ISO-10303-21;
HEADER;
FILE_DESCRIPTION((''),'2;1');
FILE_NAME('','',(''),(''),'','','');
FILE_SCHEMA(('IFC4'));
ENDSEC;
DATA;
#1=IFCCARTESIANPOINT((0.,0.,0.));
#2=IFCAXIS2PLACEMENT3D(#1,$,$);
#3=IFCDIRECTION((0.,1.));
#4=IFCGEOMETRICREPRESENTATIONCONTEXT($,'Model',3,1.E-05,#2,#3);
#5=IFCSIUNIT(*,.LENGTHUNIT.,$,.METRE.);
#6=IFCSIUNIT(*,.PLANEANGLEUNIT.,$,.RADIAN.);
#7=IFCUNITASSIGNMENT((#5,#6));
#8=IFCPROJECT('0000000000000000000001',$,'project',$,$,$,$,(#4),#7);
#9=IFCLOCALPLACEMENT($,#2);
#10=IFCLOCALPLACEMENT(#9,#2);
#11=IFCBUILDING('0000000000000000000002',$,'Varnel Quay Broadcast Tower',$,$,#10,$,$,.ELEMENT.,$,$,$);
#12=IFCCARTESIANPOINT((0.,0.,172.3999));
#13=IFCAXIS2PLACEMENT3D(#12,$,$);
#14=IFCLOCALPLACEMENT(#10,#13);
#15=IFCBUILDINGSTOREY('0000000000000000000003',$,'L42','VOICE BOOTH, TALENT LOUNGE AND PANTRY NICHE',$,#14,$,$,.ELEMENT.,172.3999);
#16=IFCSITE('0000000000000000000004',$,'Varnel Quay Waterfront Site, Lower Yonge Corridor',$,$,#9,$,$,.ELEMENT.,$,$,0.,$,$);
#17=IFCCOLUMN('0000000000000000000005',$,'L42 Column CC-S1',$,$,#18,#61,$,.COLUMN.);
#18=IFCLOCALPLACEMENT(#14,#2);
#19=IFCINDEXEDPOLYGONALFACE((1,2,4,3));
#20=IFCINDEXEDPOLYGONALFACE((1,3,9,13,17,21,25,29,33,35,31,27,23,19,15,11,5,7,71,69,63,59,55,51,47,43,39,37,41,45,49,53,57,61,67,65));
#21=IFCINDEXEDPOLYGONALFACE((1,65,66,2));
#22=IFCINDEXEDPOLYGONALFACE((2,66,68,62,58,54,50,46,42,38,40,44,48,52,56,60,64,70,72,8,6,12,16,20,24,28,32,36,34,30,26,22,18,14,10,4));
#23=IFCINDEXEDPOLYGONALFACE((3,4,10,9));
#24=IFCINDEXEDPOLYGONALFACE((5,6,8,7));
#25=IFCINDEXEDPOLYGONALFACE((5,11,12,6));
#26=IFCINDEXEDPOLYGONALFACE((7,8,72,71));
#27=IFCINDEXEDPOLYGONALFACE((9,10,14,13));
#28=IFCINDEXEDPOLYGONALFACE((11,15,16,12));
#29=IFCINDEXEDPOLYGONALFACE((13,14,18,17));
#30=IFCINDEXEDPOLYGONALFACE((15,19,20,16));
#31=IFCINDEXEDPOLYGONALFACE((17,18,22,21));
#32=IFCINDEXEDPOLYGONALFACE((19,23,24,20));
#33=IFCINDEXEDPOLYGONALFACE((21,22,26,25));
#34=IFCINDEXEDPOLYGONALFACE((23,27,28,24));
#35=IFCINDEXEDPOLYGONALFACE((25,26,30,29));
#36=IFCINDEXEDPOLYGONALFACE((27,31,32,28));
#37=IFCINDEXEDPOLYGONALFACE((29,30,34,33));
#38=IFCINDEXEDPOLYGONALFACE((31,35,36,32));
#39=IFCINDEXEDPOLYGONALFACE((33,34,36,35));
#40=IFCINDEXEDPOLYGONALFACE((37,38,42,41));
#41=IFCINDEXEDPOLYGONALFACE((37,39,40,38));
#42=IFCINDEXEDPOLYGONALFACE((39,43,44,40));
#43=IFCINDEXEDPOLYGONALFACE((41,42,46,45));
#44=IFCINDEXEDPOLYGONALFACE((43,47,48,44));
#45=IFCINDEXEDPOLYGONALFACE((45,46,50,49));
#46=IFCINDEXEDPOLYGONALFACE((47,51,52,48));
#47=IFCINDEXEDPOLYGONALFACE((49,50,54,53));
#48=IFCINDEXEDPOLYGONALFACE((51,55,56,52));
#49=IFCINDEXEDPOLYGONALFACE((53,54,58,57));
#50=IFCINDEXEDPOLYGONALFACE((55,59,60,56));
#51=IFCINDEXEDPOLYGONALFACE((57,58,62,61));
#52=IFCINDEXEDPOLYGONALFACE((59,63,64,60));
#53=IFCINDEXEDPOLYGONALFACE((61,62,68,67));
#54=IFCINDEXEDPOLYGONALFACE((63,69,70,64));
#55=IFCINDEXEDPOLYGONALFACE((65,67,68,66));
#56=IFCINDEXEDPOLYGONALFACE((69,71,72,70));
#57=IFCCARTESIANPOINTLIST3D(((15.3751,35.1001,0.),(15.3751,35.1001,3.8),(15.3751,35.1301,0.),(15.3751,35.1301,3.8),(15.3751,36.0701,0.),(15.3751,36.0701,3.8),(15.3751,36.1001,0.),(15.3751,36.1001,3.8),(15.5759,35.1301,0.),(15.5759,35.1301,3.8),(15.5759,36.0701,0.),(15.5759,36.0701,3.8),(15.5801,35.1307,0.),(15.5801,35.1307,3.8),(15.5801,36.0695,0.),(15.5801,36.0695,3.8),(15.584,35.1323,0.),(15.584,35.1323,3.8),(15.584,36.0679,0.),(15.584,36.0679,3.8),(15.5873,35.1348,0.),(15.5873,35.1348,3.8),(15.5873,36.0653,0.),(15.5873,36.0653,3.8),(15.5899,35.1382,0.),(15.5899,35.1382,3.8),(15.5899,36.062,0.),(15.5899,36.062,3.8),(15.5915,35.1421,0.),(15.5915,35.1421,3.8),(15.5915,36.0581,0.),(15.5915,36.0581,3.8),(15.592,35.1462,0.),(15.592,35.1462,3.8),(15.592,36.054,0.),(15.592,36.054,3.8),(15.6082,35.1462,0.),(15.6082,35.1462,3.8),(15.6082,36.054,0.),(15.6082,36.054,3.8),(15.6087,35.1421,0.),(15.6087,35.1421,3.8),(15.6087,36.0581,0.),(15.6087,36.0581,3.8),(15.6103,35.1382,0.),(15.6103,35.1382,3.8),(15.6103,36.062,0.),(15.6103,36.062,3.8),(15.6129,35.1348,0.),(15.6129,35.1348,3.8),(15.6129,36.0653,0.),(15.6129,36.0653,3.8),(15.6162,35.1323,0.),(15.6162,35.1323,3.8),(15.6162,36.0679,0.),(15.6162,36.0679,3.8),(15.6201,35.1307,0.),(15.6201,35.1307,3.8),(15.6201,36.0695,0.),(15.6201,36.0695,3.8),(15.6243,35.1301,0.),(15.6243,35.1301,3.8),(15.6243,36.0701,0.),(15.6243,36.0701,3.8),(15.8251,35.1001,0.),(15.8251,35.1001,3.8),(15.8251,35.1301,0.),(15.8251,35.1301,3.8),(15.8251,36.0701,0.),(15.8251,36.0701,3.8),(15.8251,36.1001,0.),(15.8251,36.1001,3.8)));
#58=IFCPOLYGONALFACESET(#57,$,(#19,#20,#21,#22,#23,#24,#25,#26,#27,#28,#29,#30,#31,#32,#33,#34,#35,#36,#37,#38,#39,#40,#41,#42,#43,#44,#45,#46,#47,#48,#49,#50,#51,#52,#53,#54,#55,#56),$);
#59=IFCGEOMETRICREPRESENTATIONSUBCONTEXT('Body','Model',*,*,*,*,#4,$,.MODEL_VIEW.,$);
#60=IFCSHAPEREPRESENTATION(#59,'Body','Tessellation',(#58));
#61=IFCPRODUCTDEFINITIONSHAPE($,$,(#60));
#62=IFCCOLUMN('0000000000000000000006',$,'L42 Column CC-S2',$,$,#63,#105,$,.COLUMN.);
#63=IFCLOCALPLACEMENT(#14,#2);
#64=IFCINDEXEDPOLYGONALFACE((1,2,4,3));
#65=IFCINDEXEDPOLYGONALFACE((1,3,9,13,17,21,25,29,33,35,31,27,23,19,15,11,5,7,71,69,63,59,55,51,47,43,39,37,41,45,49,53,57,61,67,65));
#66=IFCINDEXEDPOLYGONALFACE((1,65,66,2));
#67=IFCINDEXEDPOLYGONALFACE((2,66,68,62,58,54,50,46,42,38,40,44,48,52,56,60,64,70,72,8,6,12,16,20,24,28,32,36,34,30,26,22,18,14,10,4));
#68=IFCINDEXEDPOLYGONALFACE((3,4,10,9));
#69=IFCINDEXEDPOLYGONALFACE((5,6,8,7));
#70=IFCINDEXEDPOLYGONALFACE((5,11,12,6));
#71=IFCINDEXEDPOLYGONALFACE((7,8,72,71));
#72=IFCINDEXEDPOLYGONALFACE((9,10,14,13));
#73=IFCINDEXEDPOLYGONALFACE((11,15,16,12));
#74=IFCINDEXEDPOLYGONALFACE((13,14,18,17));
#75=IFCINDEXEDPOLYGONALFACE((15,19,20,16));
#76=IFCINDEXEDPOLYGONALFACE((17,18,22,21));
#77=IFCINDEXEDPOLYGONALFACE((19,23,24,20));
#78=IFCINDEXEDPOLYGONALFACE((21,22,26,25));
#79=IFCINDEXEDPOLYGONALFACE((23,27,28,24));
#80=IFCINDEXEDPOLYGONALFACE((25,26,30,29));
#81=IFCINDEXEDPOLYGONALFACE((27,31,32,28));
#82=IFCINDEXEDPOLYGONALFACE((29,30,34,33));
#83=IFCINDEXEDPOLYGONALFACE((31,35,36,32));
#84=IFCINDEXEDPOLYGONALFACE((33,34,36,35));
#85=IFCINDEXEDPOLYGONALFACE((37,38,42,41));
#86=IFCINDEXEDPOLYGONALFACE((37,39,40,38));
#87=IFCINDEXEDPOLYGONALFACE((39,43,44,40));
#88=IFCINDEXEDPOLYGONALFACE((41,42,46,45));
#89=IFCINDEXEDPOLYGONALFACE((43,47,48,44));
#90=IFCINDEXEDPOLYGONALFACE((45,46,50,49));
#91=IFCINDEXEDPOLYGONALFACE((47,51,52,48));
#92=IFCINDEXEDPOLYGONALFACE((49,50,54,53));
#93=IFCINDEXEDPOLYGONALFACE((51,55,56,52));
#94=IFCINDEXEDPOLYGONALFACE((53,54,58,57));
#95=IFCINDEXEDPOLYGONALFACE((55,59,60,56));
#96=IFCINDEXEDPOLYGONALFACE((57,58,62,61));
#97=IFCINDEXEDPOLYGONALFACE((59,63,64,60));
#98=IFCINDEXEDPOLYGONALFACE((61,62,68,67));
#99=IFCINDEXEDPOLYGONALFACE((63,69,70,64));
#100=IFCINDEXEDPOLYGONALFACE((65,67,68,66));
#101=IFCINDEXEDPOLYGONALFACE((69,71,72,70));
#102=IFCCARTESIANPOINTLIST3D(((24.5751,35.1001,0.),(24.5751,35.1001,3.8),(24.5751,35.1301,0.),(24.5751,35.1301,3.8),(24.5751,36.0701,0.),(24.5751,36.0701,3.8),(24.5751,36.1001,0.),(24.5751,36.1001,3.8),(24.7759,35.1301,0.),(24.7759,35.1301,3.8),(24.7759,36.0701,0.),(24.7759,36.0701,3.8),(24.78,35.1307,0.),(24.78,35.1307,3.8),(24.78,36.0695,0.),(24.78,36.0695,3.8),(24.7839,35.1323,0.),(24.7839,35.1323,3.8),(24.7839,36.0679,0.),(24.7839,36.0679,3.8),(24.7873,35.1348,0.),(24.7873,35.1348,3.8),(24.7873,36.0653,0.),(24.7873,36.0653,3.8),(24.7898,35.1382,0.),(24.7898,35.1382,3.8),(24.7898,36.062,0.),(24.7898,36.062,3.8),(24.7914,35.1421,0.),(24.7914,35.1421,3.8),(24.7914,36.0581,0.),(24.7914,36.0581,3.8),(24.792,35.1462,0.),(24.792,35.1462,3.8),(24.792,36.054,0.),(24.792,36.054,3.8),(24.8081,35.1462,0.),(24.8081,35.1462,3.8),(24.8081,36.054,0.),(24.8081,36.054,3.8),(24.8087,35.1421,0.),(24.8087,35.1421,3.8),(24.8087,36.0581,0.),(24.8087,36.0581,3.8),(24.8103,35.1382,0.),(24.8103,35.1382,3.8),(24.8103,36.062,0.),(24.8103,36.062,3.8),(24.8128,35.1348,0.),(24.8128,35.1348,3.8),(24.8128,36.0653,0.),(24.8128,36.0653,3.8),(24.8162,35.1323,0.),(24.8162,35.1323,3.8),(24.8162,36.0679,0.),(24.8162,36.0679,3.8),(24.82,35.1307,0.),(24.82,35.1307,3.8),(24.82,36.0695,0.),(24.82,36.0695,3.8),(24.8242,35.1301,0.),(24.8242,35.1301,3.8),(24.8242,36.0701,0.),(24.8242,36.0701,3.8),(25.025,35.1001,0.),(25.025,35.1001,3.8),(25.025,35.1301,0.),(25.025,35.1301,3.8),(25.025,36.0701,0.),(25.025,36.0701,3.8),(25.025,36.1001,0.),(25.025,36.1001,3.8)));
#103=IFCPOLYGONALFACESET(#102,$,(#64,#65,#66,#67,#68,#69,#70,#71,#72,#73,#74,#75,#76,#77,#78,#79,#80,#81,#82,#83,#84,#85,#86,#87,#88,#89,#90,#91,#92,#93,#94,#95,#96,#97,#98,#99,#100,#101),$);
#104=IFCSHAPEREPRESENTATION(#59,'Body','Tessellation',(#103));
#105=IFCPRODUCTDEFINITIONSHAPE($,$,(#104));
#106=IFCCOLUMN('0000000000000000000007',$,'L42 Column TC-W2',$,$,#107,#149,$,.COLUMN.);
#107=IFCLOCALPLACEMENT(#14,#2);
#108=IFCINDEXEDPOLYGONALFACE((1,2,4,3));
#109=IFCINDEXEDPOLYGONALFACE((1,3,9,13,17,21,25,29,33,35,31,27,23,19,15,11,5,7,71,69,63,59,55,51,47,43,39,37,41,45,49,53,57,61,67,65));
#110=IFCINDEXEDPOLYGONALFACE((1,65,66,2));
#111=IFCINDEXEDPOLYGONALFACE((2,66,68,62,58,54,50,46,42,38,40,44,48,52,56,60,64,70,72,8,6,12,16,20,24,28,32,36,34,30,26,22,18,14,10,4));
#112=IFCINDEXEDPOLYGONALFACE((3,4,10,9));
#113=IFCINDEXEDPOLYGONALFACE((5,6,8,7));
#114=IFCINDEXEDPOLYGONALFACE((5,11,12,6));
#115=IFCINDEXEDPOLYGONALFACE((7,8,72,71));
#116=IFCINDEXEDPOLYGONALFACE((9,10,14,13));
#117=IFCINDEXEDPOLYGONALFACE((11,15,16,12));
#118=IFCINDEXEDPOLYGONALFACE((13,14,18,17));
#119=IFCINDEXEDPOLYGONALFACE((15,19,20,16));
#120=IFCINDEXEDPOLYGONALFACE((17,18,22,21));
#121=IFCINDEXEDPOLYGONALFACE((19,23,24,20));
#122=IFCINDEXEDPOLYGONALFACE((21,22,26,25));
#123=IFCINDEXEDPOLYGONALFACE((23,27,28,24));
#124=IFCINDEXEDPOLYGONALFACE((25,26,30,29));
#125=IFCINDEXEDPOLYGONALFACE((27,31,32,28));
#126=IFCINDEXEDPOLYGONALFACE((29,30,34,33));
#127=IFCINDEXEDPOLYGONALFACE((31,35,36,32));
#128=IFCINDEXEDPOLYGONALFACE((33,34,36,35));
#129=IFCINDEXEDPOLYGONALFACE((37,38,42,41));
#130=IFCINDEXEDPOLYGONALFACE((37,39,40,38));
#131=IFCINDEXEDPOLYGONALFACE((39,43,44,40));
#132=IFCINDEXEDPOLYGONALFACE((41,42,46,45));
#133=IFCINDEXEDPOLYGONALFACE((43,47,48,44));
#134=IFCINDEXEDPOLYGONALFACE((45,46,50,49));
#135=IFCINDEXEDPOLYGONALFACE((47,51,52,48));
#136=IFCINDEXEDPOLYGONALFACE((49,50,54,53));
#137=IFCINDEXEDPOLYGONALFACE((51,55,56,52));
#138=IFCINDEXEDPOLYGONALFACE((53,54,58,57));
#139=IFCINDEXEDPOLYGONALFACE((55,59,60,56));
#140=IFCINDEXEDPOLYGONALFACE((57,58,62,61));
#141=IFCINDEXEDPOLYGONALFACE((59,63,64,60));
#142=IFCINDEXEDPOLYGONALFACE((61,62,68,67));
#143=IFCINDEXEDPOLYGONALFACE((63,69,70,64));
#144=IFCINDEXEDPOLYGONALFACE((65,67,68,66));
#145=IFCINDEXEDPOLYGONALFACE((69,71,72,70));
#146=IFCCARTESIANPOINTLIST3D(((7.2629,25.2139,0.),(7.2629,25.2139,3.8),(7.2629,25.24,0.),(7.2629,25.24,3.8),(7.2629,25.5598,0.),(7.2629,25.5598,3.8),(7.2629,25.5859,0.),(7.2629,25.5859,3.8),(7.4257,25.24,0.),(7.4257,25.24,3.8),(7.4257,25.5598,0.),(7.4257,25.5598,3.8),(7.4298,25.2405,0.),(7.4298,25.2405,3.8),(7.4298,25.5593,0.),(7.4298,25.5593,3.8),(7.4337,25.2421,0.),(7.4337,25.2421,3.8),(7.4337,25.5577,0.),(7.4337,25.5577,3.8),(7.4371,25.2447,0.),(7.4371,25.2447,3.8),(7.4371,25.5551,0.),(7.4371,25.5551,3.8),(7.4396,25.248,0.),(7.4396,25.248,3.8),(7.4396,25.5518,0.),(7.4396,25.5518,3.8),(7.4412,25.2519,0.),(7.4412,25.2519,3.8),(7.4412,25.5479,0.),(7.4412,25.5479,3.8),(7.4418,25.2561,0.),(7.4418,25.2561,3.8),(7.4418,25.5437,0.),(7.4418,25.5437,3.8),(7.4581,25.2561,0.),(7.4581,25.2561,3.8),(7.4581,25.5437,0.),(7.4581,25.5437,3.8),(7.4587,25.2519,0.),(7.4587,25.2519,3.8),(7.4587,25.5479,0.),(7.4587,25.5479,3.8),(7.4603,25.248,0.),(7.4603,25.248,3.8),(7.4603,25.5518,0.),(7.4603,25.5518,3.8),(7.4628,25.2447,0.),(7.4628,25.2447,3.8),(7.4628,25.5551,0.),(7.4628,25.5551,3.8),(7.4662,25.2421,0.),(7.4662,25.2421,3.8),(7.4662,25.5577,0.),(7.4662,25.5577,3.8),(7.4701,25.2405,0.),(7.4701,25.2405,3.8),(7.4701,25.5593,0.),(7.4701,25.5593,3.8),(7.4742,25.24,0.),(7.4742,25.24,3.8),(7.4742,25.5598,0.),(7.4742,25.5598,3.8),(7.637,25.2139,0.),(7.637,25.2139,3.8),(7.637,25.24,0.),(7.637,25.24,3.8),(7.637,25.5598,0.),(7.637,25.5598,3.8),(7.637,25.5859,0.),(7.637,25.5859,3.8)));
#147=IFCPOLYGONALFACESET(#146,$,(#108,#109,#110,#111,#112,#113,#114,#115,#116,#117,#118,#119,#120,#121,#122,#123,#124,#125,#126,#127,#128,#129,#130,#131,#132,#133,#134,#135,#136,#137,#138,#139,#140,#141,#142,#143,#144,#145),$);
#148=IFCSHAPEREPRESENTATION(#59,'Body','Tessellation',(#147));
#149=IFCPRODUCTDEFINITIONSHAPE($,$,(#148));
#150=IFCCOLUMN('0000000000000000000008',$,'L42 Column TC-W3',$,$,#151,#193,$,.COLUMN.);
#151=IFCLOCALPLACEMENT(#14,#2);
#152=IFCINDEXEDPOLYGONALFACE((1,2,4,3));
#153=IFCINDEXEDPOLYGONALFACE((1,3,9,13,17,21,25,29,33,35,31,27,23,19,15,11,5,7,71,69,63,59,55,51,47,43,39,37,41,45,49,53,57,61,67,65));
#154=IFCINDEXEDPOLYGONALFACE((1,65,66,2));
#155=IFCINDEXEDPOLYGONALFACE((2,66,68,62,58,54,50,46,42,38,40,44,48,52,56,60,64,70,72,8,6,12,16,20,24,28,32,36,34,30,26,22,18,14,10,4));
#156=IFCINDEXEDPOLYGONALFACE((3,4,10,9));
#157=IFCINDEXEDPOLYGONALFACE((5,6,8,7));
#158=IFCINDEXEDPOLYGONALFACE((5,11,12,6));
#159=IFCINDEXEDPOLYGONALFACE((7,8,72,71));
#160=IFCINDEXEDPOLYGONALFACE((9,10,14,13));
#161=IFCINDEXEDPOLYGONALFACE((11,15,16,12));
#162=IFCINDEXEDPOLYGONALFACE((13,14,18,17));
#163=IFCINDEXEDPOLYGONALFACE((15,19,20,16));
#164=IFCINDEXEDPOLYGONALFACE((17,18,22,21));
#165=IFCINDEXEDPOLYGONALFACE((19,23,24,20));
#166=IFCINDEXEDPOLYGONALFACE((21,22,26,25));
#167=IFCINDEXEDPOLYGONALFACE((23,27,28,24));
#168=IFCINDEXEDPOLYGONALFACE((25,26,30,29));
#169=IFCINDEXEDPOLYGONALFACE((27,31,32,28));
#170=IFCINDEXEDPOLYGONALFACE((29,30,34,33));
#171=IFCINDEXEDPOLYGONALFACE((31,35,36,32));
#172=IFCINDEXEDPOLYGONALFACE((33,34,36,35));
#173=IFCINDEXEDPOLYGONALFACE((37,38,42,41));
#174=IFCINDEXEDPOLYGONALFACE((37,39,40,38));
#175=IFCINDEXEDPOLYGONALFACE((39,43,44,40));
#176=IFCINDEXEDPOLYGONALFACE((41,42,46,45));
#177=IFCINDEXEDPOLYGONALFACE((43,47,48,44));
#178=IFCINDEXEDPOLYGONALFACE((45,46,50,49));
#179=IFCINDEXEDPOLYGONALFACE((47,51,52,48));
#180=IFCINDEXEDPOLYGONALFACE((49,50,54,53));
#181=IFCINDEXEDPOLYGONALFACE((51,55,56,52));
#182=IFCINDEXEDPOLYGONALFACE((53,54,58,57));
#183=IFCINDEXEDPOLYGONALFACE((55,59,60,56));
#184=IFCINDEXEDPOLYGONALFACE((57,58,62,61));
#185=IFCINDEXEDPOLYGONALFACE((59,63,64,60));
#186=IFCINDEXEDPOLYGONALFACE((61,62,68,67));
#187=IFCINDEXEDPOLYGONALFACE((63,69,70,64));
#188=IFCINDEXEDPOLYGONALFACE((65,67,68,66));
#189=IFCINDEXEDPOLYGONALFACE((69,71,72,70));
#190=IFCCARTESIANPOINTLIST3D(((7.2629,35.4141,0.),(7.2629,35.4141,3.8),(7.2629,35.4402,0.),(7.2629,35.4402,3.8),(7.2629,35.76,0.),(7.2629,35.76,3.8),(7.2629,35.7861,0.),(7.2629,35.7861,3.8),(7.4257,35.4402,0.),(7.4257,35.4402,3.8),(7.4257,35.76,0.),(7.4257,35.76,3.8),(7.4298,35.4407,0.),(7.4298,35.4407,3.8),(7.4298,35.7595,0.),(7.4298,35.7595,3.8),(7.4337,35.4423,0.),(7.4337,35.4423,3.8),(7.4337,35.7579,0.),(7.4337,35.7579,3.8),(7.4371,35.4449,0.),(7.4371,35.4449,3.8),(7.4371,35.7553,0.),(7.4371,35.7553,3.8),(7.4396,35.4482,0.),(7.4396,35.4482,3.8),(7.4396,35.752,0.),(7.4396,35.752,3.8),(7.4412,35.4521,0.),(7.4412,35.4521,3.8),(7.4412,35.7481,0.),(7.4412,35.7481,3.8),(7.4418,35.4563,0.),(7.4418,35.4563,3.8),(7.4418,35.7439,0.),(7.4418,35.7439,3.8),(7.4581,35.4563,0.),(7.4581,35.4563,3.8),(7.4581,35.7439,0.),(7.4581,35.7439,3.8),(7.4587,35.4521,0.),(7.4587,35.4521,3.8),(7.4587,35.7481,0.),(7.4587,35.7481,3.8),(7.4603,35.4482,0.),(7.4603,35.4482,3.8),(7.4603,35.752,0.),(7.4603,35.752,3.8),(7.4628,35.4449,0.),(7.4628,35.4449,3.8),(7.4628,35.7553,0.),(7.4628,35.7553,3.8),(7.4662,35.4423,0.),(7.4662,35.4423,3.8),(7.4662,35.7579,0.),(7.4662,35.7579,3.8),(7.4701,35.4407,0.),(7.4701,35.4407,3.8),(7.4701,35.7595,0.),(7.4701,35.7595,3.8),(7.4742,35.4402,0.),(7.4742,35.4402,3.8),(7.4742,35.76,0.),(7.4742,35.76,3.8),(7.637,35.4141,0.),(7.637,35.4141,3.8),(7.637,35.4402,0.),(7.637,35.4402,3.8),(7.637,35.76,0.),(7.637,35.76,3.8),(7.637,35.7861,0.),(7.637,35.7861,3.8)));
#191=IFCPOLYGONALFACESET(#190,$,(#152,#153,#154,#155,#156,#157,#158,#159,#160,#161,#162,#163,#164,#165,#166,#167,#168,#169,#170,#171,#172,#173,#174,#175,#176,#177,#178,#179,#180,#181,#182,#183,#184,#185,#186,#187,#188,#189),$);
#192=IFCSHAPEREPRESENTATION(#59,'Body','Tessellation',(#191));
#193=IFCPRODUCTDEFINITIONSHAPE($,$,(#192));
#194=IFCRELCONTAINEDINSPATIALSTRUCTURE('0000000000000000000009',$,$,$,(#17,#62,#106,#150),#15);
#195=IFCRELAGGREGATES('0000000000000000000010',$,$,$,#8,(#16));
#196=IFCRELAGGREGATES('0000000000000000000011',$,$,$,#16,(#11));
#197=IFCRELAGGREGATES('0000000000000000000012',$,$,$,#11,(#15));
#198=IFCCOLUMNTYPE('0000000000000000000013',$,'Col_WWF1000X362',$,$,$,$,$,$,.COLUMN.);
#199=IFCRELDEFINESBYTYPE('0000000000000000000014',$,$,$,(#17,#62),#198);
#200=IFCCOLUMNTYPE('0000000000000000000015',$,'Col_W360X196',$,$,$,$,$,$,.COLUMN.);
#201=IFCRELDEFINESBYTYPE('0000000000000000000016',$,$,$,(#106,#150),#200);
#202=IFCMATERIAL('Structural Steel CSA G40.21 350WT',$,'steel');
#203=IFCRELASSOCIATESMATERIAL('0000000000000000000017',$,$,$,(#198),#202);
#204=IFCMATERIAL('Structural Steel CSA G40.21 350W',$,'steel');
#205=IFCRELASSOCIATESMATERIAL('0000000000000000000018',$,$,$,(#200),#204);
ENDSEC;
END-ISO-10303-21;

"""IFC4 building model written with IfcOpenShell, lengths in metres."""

from ifc_helpers import new_model, si_unit, direction, frame, origin, origin_2d, place, context, subcontext, project, spatial, i_section, extrude, source, transform, mapped, material, material_profile, profile_set, type_object, type_shapes, element, save


model = new_model("IFC4")

# Units and contexts
model_context = context("Model", 3, precision=1e-05, world=origin(), true_north=direction((0.0, 1.0)))
body_context = subcontext(model_context, "Body", "Model", "MODEL_VIEW")
ifc_project = project(units=[si_unit("LENGTHUNIT", "METRE"), si_unit("PLANEANGLEUNIT", "RADIAN")], contexts=[model_context])

# Site, building, storey
site_placement = place(None, origin())
site = spatial("IfcSite", under=ifc_project, at=site_placement, Name="Varnel Quay Waterfront Site, Lower Yonge Corridor", CompositionType="ELEMENT", RefElevation=0.0)
building_placement = place(site_placement, origin())
building = spatial("IfcBuilding", under=site, at=building_placement, Name="Varnel Quay Broadcast Tower", CompositionType="ELEMENT")
storey_placement = place(building_placement, frame((0.0, 0.0, 172.3999)))
storey = spatial("IfcBuildingStorey", under=building, at=storey_placement, Name="L42", Description="VOICE BOOTH, TALENT LOUNGE AND PANTRY NICHE", CompositionType="ELEMENT", Elevation=172.3999)

# Columns
ifc_material_1 = material(Name="Structural Steel CSA G40.21 350WT", Category="steel")
ifc_material_profile_1 = material_profile(ifc_material_1, i_section(OverallWidth=0.45, OverallDepth=1.0, WebThickness=0.0161, FlangeThickness=0.03, FilletRadius=0.0161, at=origin_2d()), Name="WWF1000X362")
ifc_profile_set_1 = profile_set([ifc_material_profile_1], Name="Structural Steel CSA G40.21 350WT")
column_type_1 = type_object("IfcColumnType", Name="Col_WWF1000X362", PredefinedType="COLUMN", material=ifc_profile_set_1)
shared_shape_1 = source(origin(), body_context, "Body", "SweptSolid", [
    extrude(i_section(OverallWidth=0.45, OverallDepth=1.0, WebThickness=0.0161, FlangeThickness=0.03, FilletRadius=0.0161, at=origin_2d()), origin(), (0.0, 0.0, 1.0), 3.8),
])
type_shapes(column_type_1, [shared_shape_1])
for number, where, z_axis, x_axis, name in (
    (1, (15.6001, 35.6001, 0.0), (0.0, 0.0, 1.0), (1.0, 0.0, 0.0), "L42 Column CC-S1"),
    (2, (24.8, 35.6001, 0.0), (0.0, 0.0, 1.0), (1.0, 0.0, 0.0), "L42 Column CC-S2"),
):
    element("IfcColumn", number, at=place(storey_placement, frame(where, z_axis=z_axis, x_axis=x_axis)), inside=storey, type_object=column_type_1, Name=name, PredefinedType="COLUMN", context=body_context, shape_type="MappedRepresentation", body=[
        mapped(shared_shape_1, transform((0.0, 0.0, 0.0), x_axis=(1.0, 0.0, 0.0), y_axis=(0.0, 1.0, 0.0), z_axis=(0.0, 0.0, 1.0), scale=1.0)),
    ])
ifc_material_2 = material(Name="Structural Steel CSA G40.21 350W", Category="steel")
ifc_material_profile_2 = material_profile(ifc_material_2, i_section(OverallWidth=0.374, OverallDepth=0.3721, WebThickness=0.0164, FlangeThickness=0.0261, FilletRadius=0.0161, at=origin_2d()), Name="W360X196")
ifc_profile_set_2 = profile_set([ifc_material_profile_2], Name="Structural Steel CSA G40.21 350W")
column_type_2 = type_object("IfcColumnType", Name="Col_W360X196", PredefinedType="COLUMN", material=ifc_profile_set_2)
shared_shape_2 = source(origin(), body_context, "Body", "SweptSolid", [
    extrude(i_section(OverallWidth=0.374, OverallDepth=0.3721, WebThickness=0.0164, FlangeThickness=0.0261, FilletRadius=0.0161, at=origin_2d()), origin(), (0.0, 0.0, 1.0), 3.8),
])
type_shapes(column_type_2, [shared_shape_2])
for number, where, z_axis, x_axis, name in (
    (3, (7.45, 25.3999, 0.0), (0.0, 0.0, 1.0), (1.0, 0.0, 0.0), "L42 Column TC-W2"),
    (4, (7.45, 35.6001, 0.0), (0.0, 0.0, 1.0), (1.0, 0.0, 0.0), "L42 Column TC-W3"),
):
    element("IfcColumn", number, at=place(storey_placement, frame(where, z_axis=z_axis, x_axis=x_axis)), inside=storey, type_object=column_type_2, Name=name, PredefinedType="COLUMN", context=body_context, shape_type="MappedRepresentation", body=[
        mapped(shared_shape_2, transform((0.0, 0.0, 0.0), x_axis=(1.0, 0.0, 0.0), y_axis=(0.0, 1.0, 0.0), z_axis=(0.0, 0.0, 1.0), scale=1.0)),
    ])

save(model, "model.ifc")
